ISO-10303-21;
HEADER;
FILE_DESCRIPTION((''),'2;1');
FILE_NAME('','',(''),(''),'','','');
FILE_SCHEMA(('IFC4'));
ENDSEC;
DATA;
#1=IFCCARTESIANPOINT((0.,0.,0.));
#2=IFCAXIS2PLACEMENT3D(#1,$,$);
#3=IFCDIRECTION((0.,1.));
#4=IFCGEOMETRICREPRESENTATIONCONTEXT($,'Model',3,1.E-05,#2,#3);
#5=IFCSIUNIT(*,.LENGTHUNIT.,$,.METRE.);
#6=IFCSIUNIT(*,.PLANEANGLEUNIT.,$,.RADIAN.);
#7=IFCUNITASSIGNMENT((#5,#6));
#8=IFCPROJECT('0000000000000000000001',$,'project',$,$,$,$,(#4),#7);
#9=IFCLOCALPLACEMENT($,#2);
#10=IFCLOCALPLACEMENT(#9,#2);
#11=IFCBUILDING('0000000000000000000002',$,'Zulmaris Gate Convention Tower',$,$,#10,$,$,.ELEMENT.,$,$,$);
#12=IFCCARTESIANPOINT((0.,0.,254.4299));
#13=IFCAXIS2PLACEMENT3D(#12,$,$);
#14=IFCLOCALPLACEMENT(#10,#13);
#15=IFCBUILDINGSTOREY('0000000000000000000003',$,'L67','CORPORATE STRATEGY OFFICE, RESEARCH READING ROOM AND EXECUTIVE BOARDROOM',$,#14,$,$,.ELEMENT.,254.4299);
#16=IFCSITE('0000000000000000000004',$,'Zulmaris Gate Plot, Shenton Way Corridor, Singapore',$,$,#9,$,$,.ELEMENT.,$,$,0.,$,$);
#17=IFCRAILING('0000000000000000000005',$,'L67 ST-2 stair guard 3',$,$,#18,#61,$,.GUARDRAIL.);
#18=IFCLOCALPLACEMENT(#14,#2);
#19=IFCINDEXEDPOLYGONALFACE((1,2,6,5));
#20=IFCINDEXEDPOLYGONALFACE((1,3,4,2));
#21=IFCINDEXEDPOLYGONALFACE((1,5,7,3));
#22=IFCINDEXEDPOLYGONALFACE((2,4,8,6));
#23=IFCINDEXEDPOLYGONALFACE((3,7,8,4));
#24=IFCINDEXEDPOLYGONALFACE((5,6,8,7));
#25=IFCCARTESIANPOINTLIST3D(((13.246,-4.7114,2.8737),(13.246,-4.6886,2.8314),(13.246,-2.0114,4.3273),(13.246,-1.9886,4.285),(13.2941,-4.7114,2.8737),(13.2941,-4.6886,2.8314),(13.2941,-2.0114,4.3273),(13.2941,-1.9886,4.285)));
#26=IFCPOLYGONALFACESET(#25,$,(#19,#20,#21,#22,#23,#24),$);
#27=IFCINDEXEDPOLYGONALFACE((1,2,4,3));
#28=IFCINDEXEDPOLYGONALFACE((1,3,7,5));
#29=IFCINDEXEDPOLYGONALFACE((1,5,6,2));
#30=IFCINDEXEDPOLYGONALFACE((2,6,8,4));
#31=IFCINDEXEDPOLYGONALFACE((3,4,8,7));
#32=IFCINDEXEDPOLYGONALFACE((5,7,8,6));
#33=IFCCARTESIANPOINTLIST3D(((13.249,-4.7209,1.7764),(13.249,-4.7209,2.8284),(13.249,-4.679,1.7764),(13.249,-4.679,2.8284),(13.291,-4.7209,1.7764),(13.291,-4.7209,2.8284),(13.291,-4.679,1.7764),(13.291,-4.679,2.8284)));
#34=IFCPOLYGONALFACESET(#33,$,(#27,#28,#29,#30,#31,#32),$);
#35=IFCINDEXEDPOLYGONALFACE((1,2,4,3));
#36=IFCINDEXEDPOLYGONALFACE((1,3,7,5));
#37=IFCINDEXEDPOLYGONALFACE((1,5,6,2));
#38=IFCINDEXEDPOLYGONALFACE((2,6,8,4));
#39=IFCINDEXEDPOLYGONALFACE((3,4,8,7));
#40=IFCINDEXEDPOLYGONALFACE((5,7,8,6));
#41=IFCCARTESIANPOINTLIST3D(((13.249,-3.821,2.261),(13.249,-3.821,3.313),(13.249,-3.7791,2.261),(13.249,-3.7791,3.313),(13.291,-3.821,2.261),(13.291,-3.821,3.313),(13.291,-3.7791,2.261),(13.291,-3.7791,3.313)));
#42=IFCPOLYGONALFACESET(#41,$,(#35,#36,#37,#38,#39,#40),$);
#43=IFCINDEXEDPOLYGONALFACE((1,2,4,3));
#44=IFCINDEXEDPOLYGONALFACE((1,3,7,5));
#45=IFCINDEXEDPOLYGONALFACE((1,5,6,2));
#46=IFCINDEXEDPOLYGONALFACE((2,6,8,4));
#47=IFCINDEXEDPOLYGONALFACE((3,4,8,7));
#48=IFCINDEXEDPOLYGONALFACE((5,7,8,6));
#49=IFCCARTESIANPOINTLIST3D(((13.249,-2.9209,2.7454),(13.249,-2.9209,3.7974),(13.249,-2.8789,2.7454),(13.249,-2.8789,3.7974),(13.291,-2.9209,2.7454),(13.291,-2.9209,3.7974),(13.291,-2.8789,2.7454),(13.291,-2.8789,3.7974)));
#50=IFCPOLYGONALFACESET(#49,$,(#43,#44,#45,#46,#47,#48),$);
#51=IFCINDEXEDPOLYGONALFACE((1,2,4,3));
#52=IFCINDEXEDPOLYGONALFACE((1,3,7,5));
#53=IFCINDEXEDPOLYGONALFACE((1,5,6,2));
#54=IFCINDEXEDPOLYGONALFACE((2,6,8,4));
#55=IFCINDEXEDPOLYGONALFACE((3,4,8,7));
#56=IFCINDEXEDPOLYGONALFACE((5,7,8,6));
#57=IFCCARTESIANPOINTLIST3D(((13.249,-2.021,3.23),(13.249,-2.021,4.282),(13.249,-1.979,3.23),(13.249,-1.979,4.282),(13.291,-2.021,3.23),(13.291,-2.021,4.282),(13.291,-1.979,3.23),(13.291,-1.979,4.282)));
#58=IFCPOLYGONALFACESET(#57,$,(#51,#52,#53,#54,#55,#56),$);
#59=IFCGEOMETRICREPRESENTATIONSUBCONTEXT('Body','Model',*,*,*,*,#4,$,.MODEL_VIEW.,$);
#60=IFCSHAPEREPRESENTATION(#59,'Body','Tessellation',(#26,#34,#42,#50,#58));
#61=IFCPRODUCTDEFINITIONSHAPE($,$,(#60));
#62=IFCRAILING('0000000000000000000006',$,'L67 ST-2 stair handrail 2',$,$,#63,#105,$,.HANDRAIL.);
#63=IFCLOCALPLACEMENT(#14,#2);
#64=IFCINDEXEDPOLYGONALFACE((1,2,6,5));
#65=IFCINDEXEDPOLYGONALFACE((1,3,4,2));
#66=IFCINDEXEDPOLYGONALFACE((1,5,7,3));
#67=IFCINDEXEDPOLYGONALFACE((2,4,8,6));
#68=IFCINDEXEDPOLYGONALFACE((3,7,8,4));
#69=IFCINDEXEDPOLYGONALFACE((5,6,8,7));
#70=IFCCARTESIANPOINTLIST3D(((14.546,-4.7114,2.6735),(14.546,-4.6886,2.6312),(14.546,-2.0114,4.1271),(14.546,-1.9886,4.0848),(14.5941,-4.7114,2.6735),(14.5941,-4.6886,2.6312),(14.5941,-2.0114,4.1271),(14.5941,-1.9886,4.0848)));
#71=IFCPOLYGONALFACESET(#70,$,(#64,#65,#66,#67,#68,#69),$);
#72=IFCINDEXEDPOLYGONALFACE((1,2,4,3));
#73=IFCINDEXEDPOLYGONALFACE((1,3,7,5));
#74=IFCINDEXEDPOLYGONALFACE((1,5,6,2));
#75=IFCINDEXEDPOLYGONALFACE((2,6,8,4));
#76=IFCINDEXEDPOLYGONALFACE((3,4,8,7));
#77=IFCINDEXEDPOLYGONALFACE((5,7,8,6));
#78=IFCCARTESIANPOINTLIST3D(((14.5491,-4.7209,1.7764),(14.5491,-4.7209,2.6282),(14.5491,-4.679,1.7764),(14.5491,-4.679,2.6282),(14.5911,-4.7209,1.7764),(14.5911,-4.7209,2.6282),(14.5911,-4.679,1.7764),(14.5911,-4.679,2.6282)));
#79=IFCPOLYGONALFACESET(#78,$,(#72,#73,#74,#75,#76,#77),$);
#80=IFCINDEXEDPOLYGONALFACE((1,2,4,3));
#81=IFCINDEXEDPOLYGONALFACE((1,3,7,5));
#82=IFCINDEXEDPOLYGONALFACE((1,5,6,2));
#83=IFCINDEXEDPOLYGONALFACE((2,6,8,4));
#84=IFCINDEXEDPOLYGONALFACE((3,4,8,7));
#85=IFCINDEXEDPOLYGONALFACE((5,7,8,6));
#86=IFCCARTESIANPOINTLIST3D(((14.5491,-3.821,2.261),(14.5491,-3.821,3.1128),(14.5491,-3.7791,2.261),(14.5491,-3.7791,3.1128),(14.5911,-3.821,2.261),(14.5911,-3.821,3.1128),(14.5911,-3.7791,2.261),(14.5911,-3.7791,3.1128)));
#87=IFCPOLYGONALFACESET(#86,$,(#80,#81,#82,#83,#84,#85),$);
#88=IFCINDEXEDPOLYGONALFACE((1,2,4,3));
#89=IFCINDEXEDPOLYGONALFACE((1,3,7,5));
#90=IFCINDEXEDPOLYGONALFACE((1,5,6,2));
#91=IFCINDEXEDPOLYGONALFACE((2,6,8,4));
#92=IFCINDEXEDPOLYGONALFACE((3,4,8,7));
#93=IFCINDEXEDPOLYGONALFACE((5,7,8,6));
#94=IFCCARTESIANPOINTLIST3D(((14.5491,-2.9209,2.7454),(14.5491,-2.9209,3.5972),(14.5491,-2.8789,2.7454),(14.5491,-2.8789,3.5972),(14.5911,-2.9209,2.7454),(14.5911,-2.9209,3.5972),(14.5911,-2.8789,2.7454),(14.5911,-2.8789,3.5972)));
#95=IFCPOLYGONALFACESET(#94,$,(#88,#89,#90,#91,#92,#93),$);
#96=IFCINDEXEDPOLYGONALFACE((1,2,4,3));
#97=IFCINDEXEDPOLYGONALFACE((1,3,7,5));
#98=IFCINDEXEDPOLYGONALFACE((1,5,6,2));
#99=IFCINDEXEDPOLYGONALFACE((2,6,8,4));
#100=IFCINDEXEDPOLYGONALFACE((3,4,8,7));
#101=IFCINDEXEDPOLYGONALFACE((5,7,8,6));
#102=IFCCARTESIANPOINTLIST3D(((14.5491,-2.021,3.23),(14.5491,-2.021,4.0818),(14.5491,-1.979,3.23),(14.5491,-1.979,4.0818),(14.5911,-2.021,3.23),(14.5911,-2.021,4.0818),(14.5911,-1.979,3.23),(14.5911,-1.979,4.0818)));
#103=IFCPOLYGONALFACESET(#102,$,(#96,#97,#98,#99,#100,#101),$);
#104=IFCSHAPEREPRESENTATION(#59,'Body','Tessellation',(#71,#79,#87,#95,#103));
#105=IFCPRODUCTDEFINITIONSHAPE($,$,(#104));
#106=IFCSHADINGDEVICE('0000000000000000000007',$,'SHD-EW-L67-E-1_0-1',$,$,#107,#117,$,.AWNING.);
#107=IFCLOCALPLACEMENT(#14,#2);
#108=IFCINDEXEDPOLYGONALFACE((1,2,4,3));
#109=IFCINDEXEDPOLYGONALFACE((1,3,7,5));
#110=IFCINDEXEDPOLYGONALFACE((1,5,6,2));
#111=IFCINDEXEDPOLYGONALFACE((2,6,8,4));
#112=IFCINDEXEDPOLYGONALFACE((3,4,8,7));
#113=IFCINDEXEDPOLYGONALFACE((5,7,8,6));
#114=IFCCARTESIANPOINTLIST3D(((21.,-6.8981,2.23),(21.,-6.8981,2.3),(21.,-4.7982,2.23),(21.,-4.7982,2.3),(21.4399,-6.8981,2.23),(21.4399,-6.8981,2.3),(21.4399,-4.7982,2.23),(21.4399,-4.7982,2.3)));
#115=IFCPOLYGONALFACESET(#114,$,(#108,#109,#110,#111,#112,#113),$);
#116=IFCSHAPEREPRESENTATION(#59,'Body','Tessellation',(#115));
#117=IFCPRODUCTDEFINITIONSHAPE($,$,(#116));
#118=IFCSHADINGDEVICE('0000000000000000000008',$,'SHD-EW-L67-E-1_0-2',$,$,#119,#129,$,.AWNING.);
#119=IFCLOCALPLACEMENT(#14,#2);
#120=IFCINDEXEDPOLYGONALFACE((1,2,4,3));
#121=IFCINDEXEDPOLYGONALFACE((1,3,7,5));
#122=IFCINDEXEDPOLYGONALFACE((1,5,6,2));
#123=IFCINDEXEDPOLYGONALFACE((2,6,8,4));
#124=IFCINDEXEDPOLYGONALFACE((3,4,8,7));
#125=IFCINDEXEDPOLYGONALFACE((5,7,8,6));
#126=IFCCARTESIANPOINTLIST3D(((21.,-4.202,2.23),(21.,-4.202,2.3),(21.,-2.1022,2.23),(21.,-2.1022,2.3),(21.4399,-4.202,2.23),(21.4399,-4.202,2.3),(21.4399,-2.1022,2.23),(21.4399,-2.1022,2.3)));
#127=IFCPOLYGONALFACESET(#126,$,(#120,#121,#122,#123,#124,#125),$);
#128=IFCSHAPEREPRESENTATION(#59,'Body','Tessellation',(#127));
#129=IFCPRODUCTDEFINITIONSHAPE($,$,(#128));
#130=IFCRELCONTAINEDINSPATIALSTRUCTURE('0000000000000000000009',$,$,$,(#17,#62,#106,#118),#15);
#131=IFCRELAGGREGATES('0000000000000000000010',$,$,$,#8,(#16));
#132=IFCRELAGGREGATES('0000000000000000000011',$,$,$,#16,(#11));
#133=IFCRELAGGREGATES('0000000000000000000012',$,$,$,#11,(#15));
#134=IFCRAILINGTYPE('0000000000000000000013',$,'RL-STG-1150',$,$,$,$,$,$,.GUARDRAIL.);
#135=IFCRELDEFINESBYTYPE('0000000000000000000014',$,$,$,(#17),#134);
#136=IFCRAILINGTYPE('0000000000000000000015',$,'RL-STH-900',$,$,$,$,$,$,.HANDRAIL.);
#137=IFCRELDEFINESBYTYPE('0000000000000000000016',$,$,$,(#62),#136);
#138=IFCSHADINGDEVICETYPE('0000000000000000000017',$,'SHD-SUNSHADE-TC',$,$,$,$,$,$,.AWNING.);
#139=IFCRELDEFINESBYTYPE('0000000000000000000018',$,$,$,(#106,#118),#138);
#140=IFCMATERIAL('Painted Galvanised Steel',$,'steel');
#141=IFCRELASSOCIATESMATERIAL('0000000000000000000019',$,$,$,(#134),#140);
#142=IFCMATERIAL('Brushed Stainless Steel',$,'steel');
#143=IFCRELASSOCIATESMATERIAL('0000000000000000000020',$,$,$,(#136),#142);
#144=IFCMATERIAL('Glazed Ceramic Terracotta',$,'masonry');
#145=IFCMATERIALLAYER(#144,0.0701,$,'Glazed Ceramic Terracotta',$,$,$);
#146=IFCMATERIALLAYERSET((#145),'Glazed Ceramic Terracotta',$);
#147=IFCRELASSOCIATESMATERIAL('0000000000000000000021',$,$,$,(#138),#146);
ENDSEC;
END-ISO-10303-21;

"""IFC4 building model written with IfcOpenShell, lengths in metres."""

from ifc_helpers import new_model, si_unit, direction, frame, frame_2d, origin, origin_2d, place, context, subcontext, project, spatial, rectangle, extrude, material, layer, layer_set, type_object, element, save


model = new_model("IFC4")

# Units and contexts
model_context = context("Model", 3, precision=1e-05, world=origin(), true_north=direction((0.0, 1.0)))
body_context = subcontext(model_context, "Body", "Model", "MODEL_VIEW")
ifc_project = project(units=[si_unit("LENGTHUNIT", "METRE"), si_unit("PLANEANGLEUNIT", "RADIAN")], contexts=[model_context])

# Site, building, storey
site_placement = place(None, origin())
site = spatial("IfcSite", under=ifc_project, at=site_placement, Name="Zulmaris Gate Plot, Shenton Way Corridor, Singapore", CompositionType="ELEMENT", RefElevation=0.0)
building_placement = place(site_placement, origin())
building = spatial("IfcBuilding", under=site, at=building_placement, Name="Zulmaris Gate Convention Tower", CompositionType="ELEMENT")
storey_placement = place(building_placement, frame((0.0, 0.0, 254.4299)))
storey = spatial("IfcBuildingStorey", under=building, at=storey_placement, Name="L67", Description="CORPORATE STRATEGY OFFICE, RESEARCH READING ROOM AND EXECUTIVE BOARDROOM", CompositionType="ELEMENT", Elevation=254.4299)

# Railings
ifc_material_1 = material(Name="Painted Galvanised Steel", Category="steel")
railing_type_1 = type_object("IfcRailingType", Name="RL-STG-1150", PredefinedType="GUARDRAIL", material=ifc_material_1)
railing_1_placement = place(storey_placement, frame((13.27, -4.7, 1.7764)))
element("IfcRailing", 1, at=railing_1_placement, inside=storey, type_object=railing_type_1, Name="L67 ST-2 stair guard 3", PredefinedType="GUARDRAIL", context=body_context, shape_type="SweptSolid", body=[
    extrude(rectangle(XDim=0.0481, YDim=0.0481, at=origin_2d()), frame((0.0, 0.0, 1.0762), z_axis=(0.0, 0.880499, 0.474048), x_axis=(-1.0, 0.0, 0.0)), (0.0, 0.0, 1.0), 3.0664),
    extrude(rectangle(XDim=0.042, YDim=0.042, at=origin_2d()), origin(), (0.0, 0.0, 1.0), 1.052),
    extrude(rectangle(XDim=0.042, YDim=0.042, at=origin_2d()), frame((0.0, 0.8999, 0.4846)), (0.0, 0.0, 1.0), 1.052),
    extrude(rectangle(XDim=0.042, YDim=0.042, at=origin_2d()), frame((0.0, 1.8, 0.969)), (0.0, 0.0, 1.0), 1.052),
    extrude(rectangle(XDim=0.042, YDim=0.042, at=origin_2d()), frame((0.0, 2.7, 1.4536)), (0.0, 0.0, 1.0), 1.052),
])
ifc_material_2 = material(Name="Brushed Stainless Steel", Category="steel")
railing_type_2 = type_object("IfcRailingType", Name="RL-STH-900", PredefinedType="HANDRAIL", material=ifc_material_2)
railing_2_placement = place(storey_placement, frame((14.5701, -4.7, 1.7764)))
element("IfcRailing", 2, at=railing_2_placement, inside=storey, type_object=railing_type_2, Name="L67 ST-2 stair handrail 2", PredefinedType="HANDRAIL", context=body_context, shape_type="SweptSolid", body=[
    extrude(rectangle(XDim=0.0481, YDim=0.0481, at=origin_2d()), frame((0.0, 0.0, 0.876), z_axis=(0.0, 0.880499, 0.474048), x_axis=(-1.0, 0.0, 0.0)), (0.0, 0.0, 1.0), 3.0664),
    extrude(rectangle(XDim=0.042, YDim=0.042, at=origin_2d()), origin(), (0.0, 0.0, 1.0), 0.8518),
    extrude(rectangle(XDim=0.042, YDim=0.042, at=origin_2d()), frame((0.0, 0.8999, 0.4846)), (0.0, 0.0, 1.0), 0.8518),
    extrude(rectangle(XDim=0.042, YDim=0.042, at=origin_2d()), frame((0.0, 1.8, 0.969)), (0.0, 0.0, 1.0), 0.8518),
    extrude(rectangle(XDim=0.042, YDim=0.042, at=origin_2d()), frame((0.0, 2.7, 1.4536)), (0.0, 0.0, 1.0), 0.8518),
])

# Shading devices
ifc_material_3 = material(Name="Glazed Ceramic Terracotta", Category="masonry")
ifc_layer_1 = layer(ifc_material_3, 0.0701, Name="Glazed Ceramic Terracotta")
ifc_layer_set_1 = layer_set([ifc_layer_1], Name="Glazed Ceramic Terracotta")
shading_device_type = type_object("IfcShadingDeviceType", Name="SHD-SUNSHADE-TC", PredefinedType="AWNING", material=ifc_layer_set_1)
for number, where, z_axis, x_axis, name in (
    (3, (21.22, -6.8979, 2.23), (0.0, 0.0, 1.0), (0.0, 1.0, 0.0), "SHD-EW-L67-E-1_0-1"),
    (4, (21.22, -4.2019, 2.23), (0.0, 0.0, 1.0), (0.0, 1.0, 0.0), "SHD-EW-L67-E-1_0-2"),
):
    element("IfcShadingDevice", number, at=place(storey_placement, frame(where, z_axis=z_axis, x_axis=x_axis)), inside=storey, type_object=shading_device_type, Name=name, PredefinedType="AWNING", context=body_context, shape_type="SweptSolid", body=[
        extrude(rectangle(XDim=2.0999, YDim=0.4399, at=frame_2d((1.0498, 0.0))), origin(), (0.0, 0.0, 1.0), 0.0701),
    ])

save(model, "model.ifc")
